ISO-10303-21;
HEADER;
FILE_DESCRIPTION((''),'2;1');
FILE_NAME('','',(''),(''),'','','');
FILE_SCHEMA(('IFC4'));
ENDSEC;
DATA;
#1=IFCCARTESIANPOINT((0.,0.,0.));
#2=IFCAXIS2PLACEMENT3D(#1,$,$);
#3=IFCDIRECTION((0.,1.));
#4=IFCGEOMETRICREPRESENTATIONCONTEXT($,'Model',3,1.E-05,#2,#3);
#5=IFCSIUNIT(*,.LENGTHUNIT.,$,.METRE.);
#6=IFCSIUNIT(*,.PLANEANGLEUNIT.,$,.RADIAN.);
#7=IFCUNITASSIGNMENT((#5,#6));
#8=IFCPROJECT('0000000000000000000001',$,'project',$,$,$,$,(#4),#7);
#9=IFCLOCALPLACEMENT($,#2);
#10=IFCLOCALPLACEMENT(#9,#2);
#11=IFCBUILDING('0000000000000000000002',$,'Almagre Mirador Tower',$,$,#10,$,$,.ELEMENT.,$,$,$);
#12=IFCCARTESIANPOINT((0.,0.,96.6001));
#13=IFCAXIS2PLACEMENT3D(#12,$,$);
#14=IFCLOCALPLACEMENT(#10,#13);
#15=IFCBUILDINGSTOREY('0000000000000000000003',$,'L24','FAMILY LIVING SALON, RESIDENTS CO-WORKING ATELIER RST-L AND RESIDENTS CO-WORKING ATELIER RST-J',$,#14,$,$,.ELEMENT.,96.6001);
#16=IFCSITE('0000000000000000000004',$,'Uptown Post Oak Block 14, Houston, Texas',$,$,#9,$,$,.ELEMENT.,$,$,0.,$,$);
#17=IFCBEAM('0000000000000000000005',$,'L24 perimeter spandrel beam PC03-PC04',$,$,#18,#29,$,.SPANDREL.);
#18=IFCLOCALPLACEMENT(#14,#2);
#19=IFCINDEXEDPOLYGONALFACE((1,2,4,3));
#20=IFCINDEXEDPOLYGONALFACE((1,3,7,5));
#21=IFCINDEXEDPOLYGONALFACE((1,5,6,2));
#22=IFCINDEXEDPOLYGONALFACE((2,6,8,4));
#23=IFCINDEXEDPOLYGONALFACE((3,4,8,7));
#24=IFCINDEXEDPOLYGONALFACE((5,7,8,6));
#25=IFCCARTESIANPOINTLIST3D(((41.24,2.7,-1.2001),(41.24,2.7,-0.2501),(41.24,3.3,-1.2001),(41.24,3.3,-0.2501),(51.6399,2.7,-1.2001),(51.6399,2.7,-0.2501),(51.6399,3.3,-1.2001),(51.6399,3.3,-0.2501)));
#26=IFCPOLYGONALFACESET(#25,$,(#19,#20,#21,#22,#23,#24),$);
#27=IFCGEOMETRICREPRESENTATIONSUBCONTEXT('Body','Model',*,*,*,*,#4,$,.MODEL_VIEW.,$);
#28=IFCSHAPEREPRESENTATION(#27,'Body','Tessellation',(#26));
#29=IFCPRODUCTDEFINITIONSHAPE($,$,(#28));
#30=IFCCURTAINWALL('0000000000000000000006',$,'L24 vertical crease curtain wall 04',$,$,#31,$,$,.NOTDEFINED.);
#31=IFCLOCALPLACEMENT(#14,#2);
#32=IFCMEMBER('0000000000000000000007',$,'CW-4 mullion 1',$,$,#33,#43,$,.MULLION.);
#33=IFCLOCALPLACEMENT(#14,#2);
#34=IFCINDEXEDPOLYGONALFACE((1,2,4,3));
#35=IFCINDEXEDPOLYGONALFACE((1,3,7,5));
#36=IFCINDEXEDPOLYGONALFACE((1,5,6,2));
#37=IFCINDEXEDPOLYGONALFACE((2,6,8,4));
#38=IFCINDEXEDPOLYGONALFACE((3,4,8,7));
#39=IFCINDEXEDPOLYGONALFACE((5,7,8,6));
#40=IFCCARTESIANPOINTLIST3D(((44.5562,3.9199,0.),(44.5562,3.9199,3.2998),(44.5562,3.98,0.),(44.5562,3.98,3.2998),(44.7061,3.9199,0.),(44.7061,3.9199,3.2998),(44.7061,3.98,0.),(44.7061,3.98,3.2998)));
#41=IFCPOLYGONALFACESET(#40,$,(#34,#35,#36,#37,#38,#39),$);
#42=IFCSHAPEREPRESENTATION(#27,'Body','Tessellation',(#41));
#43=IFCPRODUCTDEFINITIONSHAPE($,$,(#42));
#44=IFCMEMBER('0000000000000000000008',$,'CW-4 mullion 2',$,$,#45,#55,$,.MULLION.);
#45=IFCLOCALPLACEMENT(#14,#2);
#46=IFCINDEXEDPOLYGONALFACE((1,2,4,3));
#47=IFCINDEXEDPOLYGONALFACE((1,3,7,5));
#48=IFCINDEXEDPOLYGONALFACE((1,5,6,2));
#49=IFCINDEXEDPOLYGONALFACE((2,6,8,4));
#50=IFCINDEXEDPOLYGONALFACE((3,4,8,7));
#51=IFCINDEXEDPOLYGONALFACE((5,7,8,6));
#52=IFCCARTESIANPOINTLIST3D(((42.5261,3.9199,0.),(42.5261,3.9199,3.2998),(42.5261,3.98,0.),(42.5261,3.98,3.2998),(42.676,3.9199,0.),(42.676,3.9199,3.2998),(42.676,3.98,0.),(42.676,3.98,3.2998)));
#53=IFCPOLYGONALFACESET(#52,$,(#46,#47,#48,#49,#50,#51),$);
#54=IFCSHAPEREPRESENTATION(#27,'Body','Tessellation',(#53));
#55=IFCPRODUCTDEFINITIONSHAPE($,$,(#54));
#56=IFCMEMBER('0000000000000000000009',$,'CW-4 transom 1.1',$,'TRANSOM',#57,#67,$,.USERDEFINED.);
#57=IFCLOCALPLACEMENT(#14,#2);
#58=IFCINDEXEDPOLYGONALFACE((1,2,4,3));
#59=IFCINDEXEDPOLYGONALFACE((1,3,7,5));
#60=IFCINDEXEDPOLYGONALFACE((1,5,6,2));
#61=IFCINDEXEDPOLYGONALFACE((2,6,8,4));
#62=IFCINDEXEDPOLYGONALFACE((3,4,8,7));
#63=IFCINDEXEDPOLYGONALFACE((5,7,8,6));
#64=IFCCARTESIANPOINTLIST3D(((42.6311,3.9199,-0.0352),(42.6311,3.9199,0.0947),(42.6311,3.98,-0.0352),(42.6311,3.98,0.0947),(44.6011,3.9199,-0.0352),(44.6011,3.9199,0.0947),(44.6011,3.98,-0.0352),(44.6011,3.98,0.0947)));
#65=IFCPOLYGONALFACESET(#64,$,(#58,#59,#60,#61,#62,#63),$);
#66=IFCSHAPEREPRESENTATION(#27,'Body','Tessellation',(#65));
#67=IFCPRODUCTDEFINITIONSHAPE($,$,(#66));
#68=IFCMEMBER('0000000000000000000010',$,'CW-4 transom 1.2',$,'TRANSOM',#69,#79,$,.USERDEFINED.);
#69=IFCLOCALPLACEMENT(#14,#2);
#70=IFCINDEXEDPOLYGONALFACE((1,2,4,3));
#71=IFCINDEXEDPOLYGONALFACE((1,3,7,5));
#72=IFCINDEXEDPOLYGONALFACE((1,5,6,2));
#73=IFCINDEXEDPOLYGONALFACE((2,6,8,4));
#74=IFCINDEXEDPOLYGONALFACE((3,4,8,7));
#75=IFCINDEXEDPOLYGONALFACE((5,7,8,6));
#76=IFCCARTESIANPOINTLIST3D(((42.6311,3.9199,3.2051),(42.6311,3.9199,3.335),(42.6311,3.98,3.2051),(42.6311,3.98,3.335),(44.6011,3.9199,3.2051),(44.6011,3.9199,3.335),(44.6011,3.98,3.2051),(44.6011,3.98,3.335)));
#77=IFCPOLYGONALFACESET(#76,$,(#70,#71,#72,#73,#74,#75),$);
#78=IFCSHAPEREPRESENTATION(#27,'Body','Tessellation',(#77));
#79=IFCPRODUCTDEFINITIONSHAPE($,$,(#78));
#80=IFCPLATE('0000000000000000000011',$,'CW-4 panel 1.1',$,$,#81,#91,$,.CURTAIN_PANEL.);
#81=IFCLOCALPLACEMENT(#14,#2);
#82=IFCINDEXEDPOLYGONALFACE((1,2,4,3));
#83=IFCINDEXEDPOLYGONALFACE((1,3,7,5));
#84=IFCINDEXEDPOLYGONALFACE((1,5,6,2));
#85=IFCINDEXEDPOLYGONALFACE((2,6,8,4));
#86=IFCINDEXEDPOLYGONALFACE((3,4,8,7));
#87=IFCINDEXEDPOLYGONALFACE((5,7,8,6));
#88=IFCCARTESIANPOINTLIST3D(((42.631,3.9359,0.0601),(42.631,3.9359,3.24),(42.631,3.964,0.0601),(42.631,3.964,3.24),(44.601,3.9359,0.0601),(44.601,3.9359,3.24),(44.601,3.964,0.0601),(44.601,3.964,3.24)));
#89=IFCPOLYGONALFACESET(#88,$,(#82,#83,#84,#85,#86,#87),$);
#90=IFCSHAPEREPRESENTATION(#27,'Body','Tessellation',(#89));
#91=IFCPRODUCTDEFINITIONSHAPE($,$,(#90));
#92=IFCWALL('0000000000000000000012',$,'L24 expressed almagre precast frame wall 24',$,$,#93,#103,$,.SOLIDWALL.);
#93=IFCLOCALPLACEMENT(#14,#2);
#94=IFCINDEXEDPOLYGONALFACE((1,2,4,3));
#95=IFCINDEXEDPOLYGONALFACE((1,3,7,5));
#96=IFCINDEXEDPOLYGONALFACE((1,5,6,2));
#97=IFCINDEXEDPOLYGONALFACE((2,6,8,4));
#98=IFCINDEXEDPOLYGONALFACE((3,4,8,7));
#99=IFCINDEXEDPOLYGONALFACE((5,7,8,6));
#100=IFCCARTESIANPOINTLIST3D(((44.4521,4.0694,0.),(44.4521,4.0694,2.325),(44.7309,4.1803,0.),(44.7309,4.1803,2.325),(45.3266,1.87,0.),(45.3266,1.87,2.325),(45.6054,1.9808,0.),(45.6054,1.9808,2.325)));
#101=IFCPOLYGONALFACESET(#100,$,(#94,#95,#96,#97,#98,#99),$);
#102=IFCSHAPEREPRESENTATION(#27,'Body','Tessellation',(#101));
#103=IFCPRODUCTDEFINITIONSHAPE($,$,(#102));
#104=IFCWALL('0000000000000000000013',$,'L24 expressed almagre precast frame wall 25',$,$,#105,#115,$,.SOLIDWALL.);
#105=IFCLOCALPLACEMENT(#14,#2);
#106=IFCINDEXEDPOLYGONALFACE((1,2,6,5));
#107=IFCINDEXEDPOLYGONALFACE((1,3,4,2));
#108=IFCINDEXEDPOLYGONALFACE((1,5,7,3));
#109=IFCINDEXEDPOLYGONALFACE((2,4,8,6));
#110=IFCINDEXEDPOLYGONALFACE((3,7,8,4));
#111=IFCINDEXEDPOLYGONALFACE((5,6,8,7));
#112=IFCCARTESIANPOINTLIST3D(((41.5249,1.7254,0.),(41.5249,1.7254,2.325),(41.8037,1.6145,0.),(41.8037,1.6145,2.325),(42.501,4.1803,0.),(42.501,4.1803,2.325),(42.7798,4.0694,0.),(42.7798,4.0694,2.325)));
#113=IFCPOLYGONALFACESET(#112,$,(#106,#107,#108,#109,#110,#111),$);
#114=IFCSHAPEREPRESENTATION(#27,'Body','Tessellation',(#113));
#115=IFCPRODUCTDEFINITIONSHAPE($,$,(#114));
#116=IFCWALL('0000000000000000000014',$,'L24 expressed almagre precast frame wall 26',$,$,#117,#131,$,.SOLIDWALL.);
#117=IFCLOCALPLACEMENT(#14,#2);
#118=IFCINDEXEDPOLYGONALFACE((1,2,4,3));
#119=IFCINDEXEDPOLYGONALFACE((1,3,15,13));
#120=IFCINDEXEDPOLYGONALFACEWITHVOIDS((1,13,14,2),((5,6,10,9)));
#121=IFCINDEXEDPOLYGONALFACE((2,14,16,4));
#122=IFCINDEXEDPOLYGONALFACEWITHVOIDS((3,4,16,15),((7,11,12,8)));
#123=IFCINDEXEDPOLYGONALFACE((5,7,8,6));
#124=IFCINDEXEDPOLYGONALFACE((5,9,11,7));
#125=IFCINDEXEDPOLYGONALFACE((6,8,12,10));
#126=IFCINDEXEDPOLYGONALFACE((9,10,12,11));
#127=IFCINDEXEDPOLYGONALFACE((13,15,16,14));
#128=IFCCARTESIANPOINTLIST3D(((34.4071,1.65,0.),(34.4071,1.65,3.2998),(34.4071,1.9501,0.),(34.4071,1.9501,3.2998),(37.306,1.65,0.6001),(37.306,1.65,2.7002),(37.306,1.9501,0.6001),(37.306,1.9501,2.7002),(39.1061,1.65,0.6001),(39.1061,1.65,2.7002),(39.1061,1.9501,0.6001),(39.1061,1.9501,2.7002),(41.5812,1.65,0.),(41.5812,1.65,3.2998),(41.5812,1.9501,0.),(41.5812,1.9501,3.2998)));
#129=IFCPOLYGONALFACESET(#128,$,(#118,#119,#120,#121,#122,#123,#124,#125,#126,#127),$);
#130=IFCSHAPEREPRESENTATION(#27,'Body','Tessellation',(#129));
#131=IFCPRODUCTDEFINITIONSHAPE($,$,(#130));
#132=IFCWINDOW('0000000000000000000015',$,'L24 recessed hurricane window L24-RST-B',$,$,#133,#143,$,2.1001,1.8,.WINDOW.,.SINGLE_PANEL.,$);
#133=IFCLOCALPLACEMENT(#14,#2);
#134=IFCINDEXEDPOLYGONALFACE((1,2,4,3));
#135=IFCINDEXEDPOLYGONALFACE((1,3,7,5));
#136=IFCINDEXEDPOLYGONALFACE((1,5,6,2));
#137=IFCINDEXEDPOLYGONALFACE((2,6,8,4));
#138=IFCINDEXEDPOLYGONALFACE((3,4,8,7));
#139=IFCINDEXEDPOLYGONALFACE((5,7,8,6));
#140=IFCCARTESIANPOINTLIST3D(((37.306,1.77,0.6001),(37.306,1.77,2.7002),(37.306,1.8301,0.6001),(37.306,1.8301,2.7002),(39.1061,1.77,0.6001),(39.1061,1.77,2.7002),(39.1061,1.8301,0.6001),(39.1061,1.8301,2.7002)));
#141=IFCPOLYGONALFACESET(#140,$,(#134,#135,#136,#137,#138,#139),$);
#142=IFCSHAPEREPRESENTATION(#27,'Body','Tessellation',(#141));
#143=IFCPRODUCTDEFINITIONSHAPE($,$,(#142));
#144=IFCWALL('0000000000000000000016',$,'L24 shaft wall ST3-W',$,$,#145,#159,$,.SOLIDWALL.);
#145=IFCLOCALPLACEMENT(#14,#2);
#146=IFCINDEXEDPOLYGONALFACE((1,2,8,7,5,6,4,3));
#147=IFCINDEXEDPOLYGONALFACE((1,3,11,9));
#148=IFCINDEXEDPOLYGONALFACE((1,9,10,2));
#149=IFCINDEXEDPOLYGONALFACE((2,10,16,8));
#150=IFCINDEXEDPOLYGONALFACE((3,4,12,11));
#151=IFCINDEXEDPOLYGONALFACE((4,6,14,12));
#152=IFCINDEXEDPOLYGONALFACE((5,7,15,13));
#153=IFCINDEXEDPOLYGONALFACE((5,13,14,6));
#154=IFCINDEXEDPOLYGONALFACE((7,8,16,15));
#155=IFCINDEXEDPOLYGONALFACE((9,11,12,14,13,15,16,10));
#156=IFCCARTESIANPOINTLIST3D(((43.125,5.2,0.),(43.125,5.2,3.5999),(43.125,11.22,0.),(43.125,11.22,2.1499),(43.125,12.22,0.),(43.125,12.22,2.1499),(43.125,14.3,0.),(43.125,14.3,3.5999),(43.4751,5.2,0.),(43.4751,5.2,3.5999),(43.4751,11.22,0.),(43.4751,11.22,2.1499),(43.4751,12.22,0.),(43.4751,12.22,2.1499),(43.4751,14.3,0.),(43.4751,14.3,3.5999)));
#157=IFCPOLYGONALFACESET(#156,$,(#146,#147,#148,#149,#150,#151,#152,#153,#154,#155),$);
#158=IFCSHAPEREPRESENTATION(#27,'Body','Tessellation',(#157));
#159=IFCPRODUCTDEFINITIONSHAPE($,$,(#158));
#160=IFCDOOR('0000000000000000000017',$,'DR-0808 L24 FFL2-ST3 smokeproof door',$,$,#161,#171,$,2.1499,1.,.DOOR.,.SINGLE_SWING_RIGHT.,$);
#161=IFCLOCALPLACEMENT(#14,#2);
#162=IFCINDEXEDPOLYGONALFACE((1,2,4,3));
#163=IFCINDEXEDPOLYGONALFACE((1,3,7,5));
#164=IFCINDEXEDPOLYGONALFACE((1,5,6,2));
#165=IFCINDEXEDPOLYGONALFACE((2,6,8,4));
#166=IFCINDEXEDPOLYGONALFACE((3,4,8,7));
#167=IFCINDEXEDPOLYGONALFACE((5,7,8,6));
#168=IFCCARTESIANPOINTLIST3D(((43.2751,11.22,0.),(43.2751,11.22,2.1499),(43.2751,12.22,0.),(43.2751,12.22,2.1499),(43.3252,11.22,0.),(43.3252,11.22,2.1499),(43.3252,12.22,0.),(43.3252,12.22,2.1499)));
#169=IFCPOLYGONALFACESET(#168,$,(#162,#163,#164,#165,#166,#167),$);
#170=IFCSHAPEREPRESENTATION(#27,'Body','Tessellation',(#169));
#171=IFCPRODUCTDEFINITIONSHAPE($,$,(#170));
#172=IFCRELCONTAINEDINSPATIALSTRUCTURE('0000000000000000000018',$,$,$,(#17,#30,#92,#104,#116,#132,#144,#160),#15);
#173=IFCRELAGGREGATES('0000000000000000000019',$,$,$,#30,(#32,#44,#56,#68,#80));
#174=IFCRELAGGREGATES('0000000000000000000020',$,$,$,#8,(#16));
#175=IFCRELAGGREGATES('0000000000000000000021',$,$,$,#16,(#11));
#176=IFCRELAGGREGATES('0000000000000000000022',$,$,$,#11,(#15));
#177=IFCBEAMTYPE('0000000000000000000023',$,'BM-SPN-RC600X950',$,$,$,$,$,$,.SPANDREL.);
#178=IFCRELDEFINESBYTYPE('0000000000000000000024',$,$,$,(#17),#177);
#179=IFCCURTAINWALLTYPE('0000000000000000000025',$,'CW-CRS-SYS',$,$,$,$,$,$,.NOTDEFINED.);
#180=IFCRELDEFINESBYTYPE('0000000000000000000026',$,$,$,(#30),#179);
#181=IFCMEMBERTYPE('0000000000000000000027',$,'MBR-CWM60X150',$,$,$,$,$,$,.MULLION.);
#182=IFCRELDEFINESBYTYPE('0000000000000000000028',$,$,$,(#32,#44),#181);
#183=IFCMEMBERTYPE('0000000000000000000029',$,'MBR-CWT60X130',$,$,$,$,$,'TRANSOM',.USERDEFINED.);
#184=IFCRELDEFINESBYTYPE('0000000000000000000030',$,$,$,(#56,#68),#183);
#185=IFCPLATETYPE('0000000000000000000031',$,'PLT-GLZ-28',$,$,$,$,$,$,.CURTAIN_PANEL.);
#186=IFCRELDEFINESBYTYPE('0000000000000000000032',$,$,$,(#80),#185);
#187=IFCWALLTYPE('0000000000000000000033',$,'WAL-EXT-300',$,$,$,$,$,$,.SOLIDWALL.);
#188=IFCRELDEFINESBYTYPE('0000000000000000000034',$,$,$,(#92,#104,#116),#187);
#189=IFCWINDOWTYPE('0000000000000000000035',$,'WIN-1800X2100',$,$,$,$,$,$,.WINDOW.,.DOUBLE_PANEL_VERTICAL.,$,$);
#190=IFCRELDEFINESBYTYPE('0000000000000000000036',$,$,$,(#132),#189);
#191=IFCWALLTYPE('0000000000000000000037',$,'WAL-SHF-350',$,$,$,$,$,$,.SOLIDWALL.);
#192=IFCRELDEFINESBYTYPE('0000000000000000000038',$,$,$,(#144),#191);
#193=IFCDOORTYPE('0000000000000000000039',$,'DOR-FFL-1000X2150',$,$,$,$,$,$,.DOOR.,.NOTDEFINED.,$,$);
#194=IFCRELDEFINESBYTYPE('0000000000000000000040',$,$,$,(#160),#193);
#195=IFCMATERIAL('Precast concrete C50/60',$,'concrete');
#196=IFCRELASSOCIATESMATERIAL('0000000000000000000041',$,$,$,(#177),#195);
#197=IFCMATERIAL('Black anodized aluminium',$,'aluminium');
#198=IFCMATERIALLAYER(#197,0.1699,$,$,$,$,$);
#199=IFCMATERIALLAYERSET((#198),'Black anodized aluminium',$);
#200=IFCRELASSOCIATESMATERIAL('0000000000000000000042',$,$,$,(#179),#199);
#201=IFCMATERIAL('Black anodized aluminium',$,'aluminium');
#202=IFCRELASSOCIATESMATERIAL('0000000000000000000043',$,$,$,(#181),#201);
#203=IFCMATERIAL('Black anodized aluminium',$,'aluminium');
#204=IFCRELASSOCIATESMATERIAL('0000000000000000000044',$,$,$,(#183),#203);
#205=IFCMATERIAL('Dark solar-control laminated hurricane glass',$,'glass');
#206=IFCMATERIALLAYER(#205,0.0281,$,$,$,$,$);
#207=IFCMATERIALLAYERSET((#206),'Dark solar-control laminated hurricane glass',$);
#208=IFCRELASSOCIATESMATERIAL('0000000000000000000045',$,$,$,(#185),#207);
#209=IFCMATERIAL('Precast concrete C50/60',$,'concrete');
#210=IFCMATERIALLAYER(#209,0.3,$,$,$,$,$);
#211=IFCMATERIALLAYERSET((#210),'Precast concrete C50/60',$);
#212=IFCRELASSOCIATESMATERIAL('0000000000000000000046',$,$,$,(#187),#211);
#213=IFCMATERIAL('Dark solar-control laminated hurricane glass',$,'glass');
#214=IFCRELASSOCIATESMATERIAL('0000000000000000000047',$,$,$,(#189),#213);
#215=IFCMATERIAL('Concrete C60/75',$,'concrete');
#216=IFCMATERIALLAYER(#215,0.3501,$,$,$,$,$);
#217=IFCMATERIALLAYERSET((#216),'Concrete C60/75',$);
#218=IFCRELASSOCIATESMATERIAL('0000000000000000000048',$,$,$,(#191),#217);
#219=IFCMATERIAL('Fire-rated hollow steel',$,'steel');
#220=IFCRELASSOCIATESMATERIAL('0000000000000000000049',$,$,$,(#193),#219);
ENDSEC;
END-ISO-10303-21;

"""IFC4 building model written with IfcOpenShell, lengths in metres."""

from ifc_helpers import new_model, si_unit, direction, frame, frame_2d, origin, origin_2d, place, context, subcontext, project, spatial, rectangle, extrude, material, layer, layer_set, material_profile, profile_set, type_object, element, fill, aggregate, save


model = new_model("IFC4")

# Units and contexts
model_context = context("Model", 3, precision=1e-05, world=origin(), true_north=direction((0.0, 1.0)))
body_context = subcontext(model_context, "Body", "Model", "MODEL_VIEW")
ifc_project = project(units=[si_unit("LENGTHUNIT", "METRE"), si_unit("PLANEANGLEUNIT", "RADIAN")], contexts=[model_context])

# Site, building, storey
site_placement = place(None, origin())
site = spatial("IfcSite", under=ifc_project, at=site_placement, Name="Uptown Post Oak Block 14, Houston, Texas", CompositionType="ELEMENT", RefElevation=0.0)
building_placement = place(site_placement, origin())
building = spatial("IfcBuilding", under=site, at=building_placement, Name="Almagre Mirador Tower", CompositionType="ELEMENT")
storey_placement = place(building_placement, frame((0.0, 0.0, 96.6001)))
storey = spatial("IfcBuildingStorey", under=building, at=storey_placement, Name="L24", Description="FAMILY LIVING SALON, RESIDENTS CO-WORKING ATELIER RST-L AND RESIDENTS CO-WORKING ATELIER RST-J", CompositionType="ELEMENT", Elevation=96.6001)

# Beam
ifc_material_1 = material(Name="Precast concrete C50/60", Category="concrete")
ifc_material_profile_1 = material_profile(ifc_material_1, rectangle(XDim=0.6001, YDim=0.95, at=origin_2d()), Name="RC600X950")
ifc_profile_set_1 = profile_set([ifc_material_profile_1], Name="Precast concrete C50/60")
beam_type = type_object("IfcBeamType", Name="BM-SPN-RC600X950", PredefinedType="SPANDREL", material=ifc_profile_set_1)
beam_placement = place(storey_placement, frame((41.24, 3.0, -0.7251), z_axis=(1.0, 0.0, 0.0), x_axis=(0.0, 1.0, 0.0)))
element("IfcBeam", 1, at=beam_placement, inside=storey, type_object=beam_type, Name="L24 perimeter spandrel beam PC03-PC04", PredefinedType="SPANDREL", context=body_context, shape_type="SweptSolid", body=[
    extrude(rectangle(XDim=0.6001, YDim=0.95, at=origin_2d()), origin(), (0.0, 0.0, 1.0), 10.3999),
])

# Curtain wall, members, plate
ifc_material_2 = material(Name="Black anodized aluminium", Category="aluminium")
ifc_layer_1 = layer(ifc_material_2, 0.1699)
ifc_layer_set_1 = layer_set([ifc_layer_1], Name="Black anodized aluminium")
curtain_wall_type = type_object("IfcCurtainWallType", Name="CW-CRS-SYS", PredefinedType="NOTDEFINED", material=ifc_layer_set_1)
curtain_wall_placement = place(storey_placement, origin())
curtain_wall = element("IfcCurtainWall", 2, at=curtain_wall_placement, inside=storey, type_object=curtain_wall_type, Name="L24 vertical crease curtain wall 04", PredefinedType="NOTDEFINED")
ifc_material_3 = material(Name="Black anodized aluminium", Category="aluminium")
ifc_material_profile_2 = material_profile(ifc_material_3, rectangle(XDim=0.0601, YDim=0.1499, at=origin_2d()), Name="CWM60X150")
ifc_profile_set_2 = profile_set([ifc_material_profile_2], Name="Black anodized aluminium")
member_type_1 = type_object("IfcMemberType", Name="MBR-CWM60X150", PredefinedType="MULLION", material=ifc_profile_set_2)
member_1_placement = place(storey_placement, frame((44.6311, 3.95, 0.0), z_axis=(0.0, 0.0, 1.0), x_axis=(0.0, -1.0, 0.0)))
member_1 = element("IfcMember", 3, at=member_1_placement, type_object=member_type_1, Name="CW-4 mullion 1", PredefinedType="MULLION", context=body_context, shape_type="SweptSolid", body=[
    extrude(rectangle(XDim=0.0601, YDim=0.1499, at=origin_2d()), origin(), (0.0, 0.0, 1.0), 3.2998),
])
member_2_placement = place(storey_placement, frame((42.6011, 3.95, 0.0), z_axis=(0.0, 0.0, 1.0), x_axis=(0.0, -1.0, 0.0)))
member_2 = element("IfcMember", 4, at=member_2_placement, type_object=member_type_1, Name="CW-4 mullion 2", PredefinedType="MULLION", context=body_context, shape_type="SweptSolid", body=[
    extrude(rectangle(XDim=0.0601, YDim=0.1499, at=origin_2d()), origin(), (0.0, 0.0, 1.0), 3.2998),
])
ifc_material_4 = material(Name="Black anodized aluminium", Category="aluminium")
ifc_material_profile_3 = material_profile(ifc_material_4, rectangle(XDim=0.0601, YDim=0.1299, at=origin_2d()), Name="CWT60X130")
ifc_profile_set_3 = profile_set([ifc_material_profile_3], Name="Black anodized aluminium")
member_type_2 = type_object("IfcMemberType", Name="MBR-CWT60X130", ElementType="TRANSOM", PredefinedType="USERDEFINED", material=ifc_profile_set_3)
member_3_placement = place(storey_placement, frame((44.6011, 3.95, 0.0298), z_axis=(-1.0, 0.0, 0.0), x_axis=(0.0, -1.0, 0.0)))
member_3 = element("IfcMember", 5, at=member_3_placement, type_object=member_type_2, Name="CW-4 transom 1.1", ObjectType="TRANSOM", PredefinedType="USERDEFINED", context=body_context, shape_type="SweptSolid", body=[
    extrude(rectangle(XDim=0.0601, YDim=0.1299, at=origin_2d()), origin(), (0.0, 0.0, 1.0), 1.97),
])
member_4_placement = place(storey_placement, frame((44.6011, 3.95, 3.27), z_axis=(-1.0, 0.0, 0.0), x_axis=(0.0, -1.0, 0.0)))
member_4 = element("IfcMember", 6, at=member_4_placement, type_object=member_type_2, Name="CW-4 transom 1.2", ObjectType="TRANSOM", PredefinedType="USERDEFINED", context=body_context, shape_type="SweptSolid", body=[
    extrude(rectangle(XDim=0.0601, YDim=0.1299, at=origin_2d()), origin(), (0.0, 0.0, 1.0), 1.97),
])
ifc_material_5 = material(Name="Dark solar-control laminated hurricane glass", Category="glass")
ifc_layer_2 = layer(ifc_material_5, 0.0281)
ifc_layer_set_2 = layer_set([ifc_layer_2], Name="Dark solar-control laminated hurricane glass")
plate_type = type_object("IfcPlateType", Name="PLT-GLZ-28", PredefinedType="CURTAIN_PANEL", material=ifc_layer_set_2)
plate_placement = place(storey_placement, frame((43.616, 3.95, 0.0601), z_axis=(0.0, 0.0, 1.0), x_axis=(-1.0, 0.0, 0.0)))
plate = element("IfcPlate", 7, at=plate_placement, type_object=plate_type, Name="CW-4 panel 1.1", PredefinedType="CURTAIN_PANEL", context=body_context, shape_type="SweptSolid", body=[
    extrude(rectangle(XDim=1.97, YDim=0.0281, at=origin_2d()), origin(), (0.0, 0.0, 1.0), 3.1799),
])
aggregate(curtain_wall, [member_1, member_2, member_3, member_4, plate])

# Walls
ifc_material_6 = material(Name="Precast concrete C50/60", Category="concrete")
ifc_layer_3 = layer(ifc_material_6, 0.3)
ifc_layer_set_3 = layer_set([ifc_layer_3], Name="Precast concrete C50/60")
wall_type_1 = type_object("IfcWallType", Name="WAL-EXT-300", PredefinedType="SOLIDWALL", material=ifc_layer_set_3)
wall_1_placement = place(storey_placement, frame((45.4661, 1.9253, 0.0), z_axis=(0.0, 0.0, 1.0), x_axis=(-0.369469, 0.929243, 0.0)))
element("IfcWall", 8, at=wall_1_placement, inside=storey, type_object=wall_type_1, Name="L24 expressed almagre precast frame wall 24", PredefinedType="SOLIDWALL", context=body_context, shape_type="SweptSolid", body=[
    extrude(rectangle(XDim=2.3669, YDim=0.3, at=frame_2d((1.1836, 0.0))), origin(), (0.0, 0.0, 1.0), 2.325),
])
wall_2_placement = place(storey_placement, frame((42.6404, 4.1248, 0.0), z_axis=(0.0, 0.0, 1.0), x_axis=(-0.369478, -0.92924, 0.0)))
element("IfcWall", 9, at=wall_2_placement, inside=storey, type_object=wall_type_1, Name="L24 expressed almagre precast frame wall 25", PredefinedType="SOLIDWALL", context=body_context, shape_type="SweptSolid", body=[
    extrude(rectangle(XDim=2.6418, YDim=0.3, at=frame_2d((1.3208, 0.0))), origin(), (0.0, 0.0, 1.0), 2.325),
])

# Wall, opening, window
wall_3_placement = place(storey_placement, frame((41.5811, 1.8, 0.0), z_axis=(0.0, 0.0, 1.0), x_axis=(-1.0, 0.0, 0.0)))
wall_3 = element("IfcWall", 10, at=wall_3_placement, inside=storey, type_object=wall_type_1, Name="L24 expressed almagre precast frame wall 26", PredefinedType="SOLIDWALL", context=body_context, shape_type="SweptSolid", body=[
    extrude(rectangle(XDim=7.1741, YDim=0.3, at=frame_2d((3.5869, 0.0))), origin(), (0.0, 0.0, 1.0), 3.2998),
])
opening_1_placement = place(wall_3_placement, frame((2.4751, 0.0, 0.6001)))
opening_1 = element("IfcOpeningElement", 11, at=opening_1_placement, cuts=wall_3, PredefinedType="OPENING", context=body_context, shape_type="SweptSolid", body=[
    extrude(rectangle(XDim=1.8, YDim=2.1001, at=frame_2d((0.8999, 1.05))), frame((0.0, 0.1599, 0.0), z_axis=(0.0, -1.0, 0.0), x_axis=(1.0, 0.0, 0.0)), (0.0, 0.0, 1.0), 0.32),
])
ifc_material_7 = material(Name="Dark solar-control laminated hurricane glass", Category="glass")
window_type = type_object("IfcWindowType", Name="WIN-1800X2100", PartitioningType="DOUBLE_PANEL_VERTICAL", PredefinedType="WINDOW", material=ifc_material_7)
window_placement = place(opening_1_placement, origin())
window = element("IfcWindow", 12, at=window_placement, inside=storey, type_object=window_type, Name="L24 recessed hurricane window L24-RST-B", OverallHeight=2.1001, OverallWidth=1.8, PartitioningType="SINGLE_PANEL", PredefinedType="WINDOW", context=body_context, shape_type="SweptSolid", body=[
    extrude(rectangle(XDim=1.8, YDim=2.1001, at=frame_2d((0.8999, 1.05))), frame((0.0, 0.03, 0.0), z_axis=(0.0, -1.0, 0.0), x_axis=(1.0, 0.0, 0.0)), (0.0, 0.0, 1.0), 0.0601),
])
fill(opening_1, window)

# Wall, opening, door
ifc_material_8 = material(Name="Concrete C60/75", Category="concrete")
ifc_layer_4 = layer(ifc_material_8, 0.3501)
ifc_layer_set_4 = layer_set([ifc_layer_4], Name="Concrete C60/75")
wall_type_2 = type_object("IfcWallType", Name="WAL-SHF-350", PredefinedType="SOLIDWALL", material=ifc_layer_set_4)
wall_4_placement = place(storey_placement, frame((43.3, 5.2, 0.0), z_axis=(0.0, 0.0, 1.0), x_axis=(0.0, 1.0, 0.0)))
wall_4 = element("IfcWall", 13, at=wall_4_placement, inside=storey, type_object=wall_type_2, Name="L24 shaft wall ST3-W", PredefinedType="SOLIDWALL", context=body_context, shape_type="SweptSolid", body=[
    extrude(rectangle(XDim=9.1001, YDim=0.3501, at=frame_2d((4.55, 0.0))), origin(), (0.0, 0.0, 1.0), 3.5999),
])
opening_2_placement = place(wall_4_placement, frame((6.02, 0.0, 0.0)))
opening_2 = element("IfcOpeningElement", 14, at=opening_2_placement, cuts=wall_4, PredefinedType="OPENING", context=body_context, shape_type="SweptSolid", body=[
    extrude(rectangle(XDim=1.0, YDim=2.1499, at=frame_2d((0.5, 1.075))), frame((0.0, 0.185, 0.0), z_axis=(0.0, -1.0, 0.0), x_axis=(1.0, 0.0, 0.0)), (0.0, 0.0, 1.0), 0.3701),
])
ifc_material_9 = material(Name="Fire-rated hollow steel", Category="steel")
door_type = type_object("IfcDoorType", Name="DOR-FFL-1000X2150", OperationType="NOTDEFINED", PredefinedType="DOOR", material=ifc_material_9)
door_placement = place(opening_2_placement, origin())
door = element("IfcDoor", 15, at=door_placement, inside=storey, type_object=door_type, Name="DR-0808 L24 FFL2-ST3 smokeproof door", OperationType="SINGLE_SWING_RIGHT", OverallHeight=2.1499, OverallWidth=1.0, PredefinedType="DOOR", context=body_context, shape_type="SweptSolid", body=[
    extrude(rectangle(XDim=1.0, YDim=2.1499, at=frame_2d((0.5, 1.075))), frame((0.0, 0.0249, 0.0), z_axis=(0.0, -1.0, 0.0), x_axis=(1.0, 0.0, 0.0)), (0.0, 0.0, 1.0), 0.05),
])
fill(opening_2, door)

save(model, "model.ifc")
